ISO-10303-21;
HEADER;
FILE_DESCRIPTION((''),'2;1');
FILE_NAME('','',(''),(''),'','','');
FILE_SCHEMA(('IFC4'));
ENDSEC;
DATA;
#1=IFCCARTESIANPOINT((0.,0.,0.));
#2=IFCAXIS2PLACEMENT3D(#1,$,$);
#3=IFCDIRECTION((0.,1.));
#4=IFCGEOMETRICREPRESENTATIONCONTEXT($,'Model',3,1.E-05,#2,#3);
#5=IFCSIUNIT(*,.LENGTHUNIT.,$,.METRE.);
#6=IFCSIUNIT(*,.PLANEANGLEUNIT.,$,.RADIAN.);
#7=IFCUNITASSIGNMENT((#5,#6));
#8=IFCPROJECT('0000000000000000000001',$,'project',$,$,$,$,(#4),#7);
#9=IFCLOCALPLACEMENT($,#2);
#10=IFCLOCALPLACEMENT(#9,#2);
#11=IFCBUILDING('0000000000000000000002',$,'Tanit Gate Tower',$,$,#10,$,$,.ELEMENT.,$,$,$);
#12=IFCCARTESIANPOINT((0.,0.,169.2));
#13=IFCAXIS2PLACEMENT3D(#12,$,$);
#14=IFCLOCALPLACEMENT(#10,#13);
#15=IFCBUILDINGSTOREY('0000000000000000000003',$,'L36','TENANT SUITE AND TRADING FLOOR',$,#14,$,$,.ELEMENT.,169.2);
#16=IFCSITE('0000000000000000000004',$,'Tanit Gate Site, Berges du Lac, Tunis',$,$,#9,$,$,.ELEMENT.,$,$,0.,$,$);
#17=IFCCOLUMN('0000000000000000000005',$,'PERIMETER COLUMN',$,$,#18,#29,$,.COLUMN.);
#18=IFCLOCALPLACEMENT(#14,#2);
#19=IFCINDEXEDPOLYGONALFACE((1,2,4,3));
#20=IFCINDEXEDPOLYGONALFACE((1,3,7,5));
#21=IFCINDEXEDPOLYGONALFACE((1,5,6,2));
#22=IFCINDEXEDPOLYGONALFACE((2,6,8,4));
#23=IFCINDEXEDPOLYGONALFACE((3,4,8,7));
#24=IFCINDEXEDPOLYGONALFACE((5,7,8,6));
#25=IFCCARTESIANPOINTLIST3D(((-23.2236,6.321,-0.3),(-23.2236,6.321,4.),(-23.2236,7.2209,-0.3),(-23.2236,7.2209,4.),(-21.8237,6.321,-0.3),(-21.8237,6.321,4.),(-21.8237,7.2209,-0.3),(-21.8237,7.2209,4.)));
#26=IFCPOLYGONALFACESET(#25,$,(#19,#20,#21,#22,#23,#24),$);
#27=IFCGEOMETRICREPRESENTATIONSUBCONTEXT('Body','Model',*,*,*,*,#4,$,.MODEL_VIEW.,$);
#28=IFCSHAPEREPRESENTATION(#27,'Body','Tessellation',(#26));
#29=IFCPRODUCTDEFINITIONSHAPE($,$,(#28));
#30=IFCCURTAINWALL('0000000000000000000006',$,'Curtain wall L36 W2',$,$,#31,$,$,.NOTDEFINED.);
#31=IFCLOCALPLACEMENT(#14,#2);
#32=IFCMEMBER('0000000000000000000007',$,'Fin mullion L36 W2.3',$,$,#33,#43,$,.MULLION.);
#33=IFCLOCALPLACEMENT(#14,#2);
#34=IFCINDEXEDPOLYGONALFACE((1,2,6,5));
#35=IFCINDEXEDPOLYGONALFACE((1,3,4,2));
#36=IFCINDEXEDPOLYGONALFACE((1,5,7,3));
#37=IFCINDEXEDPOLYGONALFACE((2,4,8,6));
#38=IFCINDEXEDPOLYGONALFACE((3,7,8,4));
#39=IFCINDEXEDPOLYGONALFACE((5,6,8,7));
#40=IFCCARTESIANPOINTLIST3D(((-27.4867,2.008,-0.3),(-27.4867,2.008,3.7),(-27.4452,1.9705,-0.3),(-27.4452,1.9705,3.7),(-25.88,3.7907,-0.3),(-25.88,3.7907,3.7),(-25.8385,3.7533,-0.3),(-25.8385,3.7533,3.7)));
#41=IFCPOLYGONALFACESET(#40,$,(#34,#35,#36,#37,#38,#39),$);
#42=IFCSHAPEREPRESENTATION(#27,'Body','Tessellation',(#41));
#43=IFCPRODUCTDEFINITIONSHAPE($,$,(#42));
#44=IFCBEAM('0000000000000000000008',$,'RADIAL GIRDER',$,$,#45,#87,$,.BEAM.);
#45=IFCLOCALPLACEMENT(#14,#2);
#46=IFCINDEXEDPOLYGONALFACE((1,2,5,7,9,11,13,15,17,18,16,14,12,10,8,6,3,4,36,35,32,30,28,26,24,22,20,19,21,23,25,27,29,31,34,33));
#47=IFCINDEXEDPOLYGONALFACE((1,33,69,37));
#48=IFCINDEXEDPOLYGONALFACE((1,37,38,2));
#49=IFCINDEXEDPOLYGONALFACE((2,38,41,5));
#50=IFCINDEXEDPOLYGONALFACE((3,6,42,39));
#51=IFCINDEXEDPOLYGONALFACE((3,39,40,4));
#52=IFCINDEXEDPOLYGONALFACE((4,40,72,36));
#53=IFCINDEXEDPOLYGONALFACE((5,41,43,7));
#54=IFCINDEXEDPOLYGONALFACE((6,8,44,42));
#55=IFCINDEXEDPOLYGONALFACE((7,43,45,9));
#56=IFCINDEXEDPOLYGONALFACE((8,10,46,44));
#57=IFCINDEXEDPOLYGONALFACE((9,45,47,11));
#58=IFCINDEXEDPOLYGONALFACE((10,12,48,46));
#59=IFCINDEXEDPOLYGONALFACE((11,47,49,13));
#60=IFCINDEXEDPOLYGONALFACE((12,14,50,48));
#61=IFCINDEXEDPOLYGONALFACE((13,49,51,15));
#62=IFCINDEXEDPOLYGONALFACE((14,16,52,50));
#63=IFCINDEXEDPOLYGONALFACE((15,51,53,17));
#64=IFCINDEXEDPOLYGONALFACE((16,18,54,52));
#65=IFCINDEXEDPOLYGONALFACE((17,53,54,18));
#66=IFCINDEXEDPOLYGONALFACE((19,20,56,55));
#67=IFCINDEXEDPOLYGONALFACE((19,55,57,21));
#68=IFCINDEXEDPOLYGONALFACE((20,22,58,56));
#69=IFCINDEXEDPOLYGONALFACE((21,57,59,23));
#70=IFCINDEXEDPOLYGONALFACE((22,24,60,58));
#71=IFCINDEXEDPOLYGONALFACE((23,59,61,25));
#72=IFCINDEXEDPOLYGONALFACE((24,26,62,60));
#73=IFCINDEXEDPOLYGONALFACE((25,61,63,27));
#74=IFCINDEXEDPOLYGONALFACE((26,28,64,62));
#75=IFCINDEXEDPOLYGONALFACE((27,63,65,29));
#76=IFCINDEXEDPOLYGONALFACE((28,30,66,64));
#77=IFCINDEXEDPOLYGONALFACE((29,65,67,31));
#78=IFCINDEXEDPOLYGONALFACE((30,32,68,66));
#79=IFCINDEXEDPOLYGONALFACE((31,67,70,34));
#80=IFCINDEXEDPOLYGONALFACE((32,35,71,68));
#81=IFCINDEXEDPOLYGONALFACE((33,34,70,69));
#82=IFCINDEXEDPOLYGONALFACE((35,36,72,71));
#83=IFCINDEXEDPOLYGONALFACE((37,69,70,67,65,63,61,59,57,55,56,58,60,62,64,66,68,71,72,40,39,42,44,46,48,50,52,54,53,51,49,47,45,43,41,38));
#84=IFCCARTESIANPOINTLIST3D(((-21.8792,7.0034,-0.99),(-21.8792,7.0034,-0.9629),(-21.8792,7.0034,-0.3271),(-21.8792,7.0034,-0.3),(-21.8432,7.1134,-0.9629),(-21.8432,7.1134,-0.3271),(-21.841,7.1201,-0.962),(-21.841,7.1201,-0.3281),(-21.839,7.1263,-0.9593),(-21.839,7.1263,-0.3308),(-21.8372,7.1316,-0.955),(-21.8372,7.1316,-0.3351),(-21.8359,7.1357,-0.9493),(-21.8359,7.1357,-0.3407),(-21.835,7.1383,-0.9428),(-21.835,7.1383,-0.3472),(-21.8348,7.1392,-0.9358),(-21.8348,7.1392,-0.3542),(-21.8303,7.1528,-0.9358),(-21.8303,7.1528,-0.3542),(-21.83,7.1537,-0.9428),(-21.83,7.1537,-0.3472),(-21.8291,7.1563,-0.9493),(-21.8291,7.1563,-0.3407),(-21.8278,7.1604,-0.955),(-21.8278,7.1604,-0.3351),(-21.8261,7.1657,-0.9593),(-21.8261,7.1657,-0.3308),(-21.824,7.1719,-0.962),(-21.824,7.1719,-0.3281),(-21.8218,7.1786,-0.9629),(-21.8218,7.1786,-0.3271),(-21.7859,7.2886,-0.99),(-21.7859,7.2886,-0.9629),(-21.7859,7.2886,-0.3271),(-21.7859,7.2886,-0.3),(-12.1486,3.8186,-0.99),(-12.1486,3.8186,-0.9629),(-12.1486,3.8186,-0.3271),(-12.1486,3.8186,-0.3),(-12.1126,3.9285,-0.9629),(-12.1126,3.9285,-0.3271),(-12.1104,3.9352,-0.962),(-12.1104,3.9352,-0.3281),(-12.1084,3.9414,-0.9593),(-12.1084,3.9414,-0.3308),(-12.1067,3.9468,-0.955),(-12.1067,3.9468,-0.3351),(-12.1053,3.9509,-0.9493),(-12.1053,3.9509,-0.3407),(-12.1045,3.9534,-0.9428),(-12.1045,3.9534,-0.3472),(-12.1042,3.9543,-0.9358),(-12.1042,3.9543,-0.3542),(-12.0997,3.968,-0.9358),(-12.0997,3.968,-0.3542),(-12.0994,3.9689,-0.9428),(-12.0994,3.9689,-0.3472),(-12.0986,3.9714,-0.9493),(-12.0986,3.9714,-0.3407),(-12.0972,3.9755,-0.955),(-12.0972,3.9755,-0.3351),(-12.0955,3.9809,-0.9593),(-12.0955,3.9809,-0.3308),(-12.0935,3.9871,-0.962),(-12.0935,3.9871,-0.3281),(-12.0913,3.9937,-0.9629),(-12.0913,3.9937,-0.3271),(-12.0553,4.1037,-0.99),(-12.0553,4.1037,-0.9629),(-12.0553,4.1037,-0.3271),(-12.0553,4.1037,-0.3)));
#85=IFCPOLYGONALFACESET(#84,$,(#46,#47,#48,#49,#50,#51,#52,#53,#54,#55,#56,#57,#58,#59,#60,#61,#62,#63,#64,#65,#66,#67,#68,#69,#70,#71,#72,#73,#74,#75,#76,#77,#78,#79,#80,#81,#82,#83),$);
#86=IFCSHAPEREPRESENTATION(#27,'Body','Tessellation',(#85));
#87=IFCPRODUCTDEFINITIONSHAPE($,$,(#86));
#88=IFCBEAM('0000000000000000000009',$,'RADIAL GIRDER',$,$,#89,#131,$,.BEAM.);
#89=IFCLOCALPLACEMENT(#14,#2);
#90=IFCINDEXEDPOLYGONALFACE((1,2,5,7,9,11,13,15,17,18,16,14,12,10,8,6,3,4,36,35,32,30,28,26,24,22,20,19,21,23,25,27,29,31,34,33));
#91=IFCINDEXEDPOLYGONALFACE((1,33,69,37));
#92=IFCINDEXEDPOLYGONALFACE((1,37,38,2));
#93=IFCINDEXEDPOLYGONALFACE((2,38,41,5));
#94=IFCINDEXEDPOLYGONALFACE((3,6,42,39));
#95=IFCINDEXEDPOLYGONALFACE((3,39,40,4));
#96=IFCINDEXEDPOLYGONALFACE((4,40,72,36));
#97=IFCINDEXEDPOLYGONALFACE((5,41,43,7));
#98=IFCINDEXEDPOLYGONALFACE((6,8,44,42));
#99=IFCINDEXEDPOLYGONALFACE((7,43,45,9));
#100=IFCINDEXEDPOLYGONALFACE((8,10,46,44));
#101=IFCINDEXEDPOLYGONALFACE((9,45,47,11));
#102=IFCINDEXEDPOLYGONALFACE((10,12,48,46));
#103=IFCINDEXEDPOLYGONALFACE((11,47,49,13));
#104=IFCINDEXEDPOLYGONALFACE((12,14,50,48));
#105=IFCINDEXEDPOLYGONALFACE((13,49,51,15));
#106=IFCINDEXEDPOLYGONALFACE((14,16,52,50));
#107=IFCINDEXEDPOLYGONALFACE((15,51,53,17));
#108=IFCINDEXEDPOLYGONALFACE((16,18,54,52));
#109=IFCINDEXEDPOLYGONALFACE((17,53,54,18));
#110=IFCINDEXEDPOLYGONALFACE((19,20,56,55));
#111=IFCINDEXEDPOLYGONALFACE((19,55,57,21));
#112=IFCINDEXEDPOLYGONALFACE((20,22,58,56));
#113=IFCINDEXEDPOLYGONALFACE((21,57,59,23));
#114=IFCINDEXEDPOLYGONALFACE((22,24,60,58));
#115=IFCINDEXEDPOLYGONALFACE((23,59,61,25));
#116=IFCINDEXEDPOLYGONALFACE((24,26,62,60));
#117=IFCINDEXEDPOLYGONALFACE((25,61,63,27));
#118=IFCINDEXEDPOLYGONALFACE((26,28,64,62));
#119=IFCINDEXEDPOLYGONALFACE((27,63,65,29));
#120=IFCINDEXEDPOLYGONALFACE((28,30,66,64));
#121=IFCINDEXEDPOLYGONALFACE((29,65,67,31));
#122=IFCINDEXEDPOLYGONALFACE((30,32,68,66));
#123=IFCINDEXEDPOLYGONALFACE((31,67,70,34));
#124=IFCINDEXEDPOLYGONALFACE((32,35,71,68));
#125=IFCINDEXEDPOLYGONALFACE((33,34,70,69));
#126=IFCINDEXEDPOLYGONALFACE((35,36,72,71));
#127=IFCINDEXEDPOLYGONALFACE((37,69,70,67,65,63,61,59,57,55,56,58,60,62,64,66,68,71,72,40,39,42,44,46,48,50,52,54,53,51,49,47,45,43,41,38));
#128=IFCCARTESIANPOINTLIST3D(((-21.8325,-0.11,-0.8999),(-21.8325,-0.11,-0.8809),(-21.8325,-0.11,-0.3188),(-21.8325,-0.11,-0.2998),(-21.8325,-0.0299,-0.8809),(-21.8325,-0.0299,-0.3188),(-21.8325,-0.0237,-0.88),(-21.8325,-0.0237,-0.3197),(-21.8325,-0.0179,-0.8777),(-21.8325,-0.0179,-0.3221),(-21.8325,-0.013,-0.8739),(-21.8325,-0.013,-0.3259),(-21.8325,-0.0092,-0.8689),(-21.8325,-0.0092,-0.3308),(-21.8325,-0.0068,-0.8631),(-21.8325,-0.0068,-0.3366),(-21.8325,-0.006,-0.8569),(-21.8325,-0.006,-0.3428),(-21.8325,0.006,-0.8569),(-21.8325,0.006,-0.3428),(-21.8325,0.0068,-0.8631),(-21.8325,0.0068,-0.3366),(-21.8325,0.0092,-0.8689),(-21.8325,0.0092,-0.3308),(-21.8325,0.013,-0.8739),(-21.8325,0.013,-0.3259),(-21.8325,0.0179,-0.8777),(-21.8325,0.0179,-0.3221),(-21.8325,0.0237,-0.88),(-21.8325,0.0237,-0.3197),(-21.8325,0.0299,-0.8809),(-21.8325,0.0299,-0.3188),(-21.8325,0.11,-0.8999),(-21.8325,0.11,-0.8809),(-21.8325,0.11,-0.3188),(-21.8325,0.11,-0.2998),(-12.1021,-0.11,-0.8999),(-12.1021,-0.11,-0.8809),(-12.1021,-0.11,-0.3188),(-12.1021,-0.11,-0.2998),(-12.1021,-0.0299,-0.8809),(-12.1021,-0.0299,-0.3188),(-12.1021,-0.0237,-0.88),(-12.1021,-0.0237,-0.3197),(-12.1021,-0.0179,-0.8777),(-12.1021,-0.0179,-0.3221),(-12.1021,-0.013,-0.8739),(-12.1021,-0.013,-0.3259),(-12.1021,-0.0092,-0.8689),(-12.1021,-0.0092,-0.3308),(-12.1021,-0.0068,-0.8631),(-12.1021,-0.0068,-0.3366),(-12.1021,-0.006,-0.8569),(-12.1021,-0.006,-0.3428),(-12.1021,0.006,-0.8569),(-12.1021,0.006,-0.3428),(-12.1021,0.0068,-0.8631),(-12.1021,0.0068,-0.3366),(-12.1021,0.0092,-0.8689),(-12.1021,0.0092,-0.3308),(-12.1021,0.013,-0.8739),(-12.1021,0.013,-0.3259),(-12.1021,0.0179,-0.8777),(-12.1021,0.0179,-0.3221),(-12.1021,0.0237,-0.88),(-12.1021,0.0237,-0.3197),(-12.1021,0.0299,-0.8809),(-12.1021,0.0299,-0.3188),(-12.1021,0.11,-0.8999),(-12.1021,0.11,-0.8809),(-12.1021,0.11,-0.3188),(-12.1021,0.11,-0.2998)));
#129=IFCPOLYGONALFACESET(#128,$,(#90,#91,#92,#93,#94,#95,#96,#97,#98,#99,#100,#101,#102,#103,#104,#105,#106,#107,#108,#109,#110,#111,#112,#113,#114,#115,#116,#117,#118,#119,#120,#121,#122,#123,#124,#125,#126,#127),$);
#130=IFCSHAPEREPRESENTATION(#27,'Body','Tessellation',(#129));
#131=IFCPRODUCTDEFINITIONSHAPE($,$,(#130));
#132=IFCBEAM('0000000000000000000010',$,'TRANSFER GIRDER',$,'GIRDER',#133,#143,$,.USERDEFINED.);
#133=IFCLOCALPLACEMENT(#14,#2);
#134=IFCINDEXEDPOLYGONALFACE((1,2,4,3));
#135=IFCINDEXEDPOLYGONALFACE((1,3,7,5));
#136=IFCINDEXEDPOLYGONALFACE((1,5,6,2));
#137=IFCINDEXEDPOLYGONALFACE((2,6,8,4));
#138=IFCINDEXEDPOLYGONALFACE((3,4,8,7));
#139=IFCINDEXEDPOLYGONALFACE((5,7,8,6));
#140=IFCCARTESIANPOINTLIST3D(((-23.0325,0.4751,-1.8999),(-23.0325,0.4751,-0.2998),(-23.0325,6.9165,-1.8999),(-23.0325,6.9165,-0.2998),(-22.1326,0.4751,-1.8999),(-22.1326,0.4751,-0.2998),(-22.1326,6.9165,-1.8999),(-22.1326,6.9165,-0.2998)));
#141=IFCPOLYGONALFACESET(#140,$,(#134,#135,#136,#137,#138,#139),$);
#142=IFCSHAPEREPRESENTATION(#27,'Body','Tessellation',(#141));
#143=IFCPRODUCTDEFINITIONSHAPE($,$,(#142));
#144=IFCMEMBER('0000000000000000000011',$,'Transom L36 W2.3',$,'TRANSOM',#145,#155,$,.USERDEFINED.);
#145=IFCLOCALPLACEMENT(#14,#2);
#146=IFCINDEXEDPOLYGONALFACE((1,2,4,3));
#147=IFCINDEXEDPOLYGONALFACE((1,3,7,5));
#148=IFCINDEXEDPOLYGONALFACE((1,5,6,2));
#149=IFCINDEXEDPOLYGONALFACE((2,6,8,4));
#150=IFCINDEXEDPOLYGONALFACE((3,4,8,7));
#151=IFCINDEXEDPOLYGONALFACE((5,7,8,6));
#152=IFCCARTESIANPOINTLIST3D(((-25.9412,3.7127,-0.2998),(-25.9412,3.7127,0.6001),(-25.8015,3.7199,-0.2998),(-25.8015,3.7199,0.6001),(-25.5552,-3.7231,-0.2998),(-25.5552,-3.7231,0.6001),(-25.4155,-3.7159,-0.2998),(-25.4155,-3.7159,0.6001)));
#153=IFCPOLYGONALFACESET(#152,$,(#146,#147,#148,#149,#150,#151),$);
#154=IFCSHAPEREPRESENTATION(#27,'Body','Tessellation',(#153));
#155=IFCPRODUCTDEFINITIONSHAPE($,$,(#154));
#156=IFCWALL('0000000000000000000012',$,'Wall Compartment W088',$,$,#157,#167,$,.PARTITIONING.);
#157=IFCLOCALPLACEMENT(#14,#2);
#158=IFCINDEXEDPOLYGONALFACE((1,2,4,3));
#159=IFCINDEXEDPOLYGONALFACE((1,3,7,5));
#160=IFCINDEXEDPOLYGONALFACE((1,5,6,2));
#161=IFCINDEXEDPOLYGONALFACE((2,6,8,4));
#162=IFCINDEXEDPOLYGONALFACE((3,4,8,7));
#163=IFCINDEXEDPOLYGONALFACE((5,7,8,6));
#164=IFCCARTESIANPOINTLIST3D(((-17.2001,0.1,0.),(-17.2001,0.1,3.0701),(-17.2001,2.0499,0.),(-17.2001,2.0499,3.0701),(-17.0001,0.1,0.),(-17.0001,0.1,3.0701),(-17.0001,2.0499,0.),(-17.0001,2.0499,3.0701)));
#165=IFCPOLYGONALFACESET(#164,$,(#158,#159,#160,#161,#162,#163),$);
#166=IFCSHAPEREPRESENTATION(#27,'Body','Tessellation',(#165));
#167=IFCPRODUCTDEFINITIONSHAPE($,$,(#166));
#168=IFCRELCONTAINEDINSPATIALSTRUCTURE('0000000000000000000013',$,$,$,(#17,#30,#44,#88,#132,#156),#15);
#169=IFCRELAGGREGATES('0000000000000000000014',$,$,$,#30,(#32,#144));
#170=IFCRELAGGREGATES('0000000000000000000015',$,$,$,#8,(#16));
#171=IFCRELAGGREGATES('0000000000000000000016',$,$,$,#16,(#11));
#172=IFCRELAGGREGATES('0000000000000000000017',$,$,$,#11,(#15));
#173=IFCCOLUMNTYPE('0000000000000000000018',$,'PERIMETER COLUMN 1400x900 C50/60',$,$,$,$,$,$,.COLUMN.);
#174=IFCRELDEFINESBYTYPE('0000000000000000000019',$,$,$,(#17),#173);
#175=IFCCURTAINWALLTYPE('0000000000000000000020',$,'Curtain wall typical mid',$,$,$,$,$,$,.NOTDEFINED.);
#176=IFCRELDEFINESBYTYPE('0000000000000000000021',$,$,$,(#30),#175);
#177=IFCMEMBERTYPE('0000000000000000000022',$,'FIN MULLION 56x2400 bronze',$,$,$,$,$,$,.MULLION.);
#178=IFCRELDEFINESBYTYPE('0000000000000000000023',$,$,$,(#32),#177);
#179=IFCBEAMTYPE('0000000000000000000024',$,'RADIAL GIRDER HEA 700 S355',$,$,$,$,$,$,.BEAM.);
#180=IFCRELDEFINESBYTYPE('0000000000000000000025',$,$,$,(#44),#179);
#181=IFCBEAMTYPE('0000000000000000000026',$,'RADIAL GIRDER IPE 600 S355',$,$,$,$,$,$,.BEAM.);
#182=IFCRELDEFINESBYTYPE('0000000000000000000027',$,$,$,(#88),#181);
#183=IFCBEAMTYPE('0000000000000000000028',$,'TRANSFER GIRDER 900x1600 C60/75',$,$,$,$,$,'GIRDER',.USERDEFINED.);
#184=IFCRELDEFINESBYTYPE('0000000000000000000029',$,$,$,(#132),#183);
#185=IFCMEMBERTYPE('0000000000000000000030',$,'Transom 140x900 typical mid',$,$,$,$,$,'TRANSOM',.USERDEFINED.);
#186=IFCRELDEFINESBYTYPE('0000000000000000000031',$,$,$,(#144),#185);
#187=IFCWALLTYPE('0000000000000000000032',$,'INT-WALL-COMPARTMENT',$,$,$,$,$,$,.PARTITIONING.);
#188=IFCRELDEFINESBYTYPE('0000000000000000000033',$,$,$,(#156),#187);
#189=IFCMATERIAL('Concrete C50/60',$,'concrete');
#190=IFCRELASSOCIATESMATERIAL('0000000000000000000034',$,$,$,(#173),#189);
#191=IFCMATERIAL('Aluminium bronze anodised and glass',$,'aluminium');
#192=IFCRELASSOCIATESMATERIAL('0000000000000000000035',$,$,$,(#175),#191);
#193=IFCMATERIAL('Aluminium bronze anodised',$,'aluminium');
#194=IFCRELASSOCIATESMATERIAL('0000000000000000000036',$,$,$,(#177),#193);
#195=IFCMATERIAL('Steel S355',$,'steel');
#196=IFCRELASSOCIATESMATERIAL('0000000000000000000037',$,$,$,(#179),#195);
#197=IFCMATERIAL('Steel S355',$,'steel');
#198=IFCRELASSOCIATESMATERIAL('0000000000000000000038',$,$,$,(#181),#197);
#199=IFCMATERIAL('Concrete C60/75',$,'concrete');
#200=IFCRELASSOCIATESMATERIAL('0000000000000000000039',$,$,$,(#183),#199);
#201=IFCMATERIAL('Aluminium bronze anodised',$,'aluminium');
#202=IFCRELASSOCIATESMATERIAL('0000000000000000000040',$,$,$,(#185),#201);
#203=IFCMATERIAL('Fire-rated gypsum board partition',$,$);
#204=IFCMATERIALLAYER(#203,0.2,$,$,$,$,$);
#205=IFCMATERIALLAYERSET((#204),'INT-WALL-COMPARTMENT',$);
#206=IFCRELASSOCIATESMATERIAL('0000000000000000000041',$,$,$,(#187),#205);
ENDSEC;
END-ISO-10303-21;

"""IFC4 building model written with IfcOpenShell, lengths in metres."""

from ifc_helpers import new_model, si_unit, direction, frame, frame_2d, origin, origin_2d, place, context, subcontext, project, spatial, rectangle, i_section, extrude, material, layer, layer_set, material_profile, profile_set, type_object, element, aggregate, save


model = new_model("IFC4")

# Units and contexts
model_context = context("Model", 3, precision=1e-05, world=origin(), true_north=direction((0.0, 1.0)))
body_context = subcontext(model_context, "Body", "Model", "MODEL_VIEW")
ifc_project = project(units=[si_unit("LENGTHUNIT", "METRE"), si_unit("PLANEANGLEUNIT", "RADIAN")], contexts=[model_context])

# Site, building, storey
site_placement = place(None, origin())
site = spatial("IfcSite", under=ifc_project, at=site_placement, Name="Tanit Gate Site, Berges du Lac, Tunis", CompositionType="ELEMENT", RefElevation=0.0)
building_placement = place(site_placement, origin())
building = spatial("IfcBuilding", under=site, at=building_placement, Name="Tanit Gate Tower", CompositionType="ELEMENT")
storey_placement = place(building_placement, frame((0.0, 0.0, 169.2)))
storey = spatial("IfcBuildingStorey", under=building, at=storey_placement, Name="L36", Description="TENANT SUITE AND TRADING FLOOR", CompositionType="ELEMENT", Elevation=169.2)

# Column
ifc_material_1 = material(Name="Concrete C50/60", Category="concrete")
ifc_material_profile_1 = material_profile(ifc_material_1, rectangle(XDim=1.3999, YDim=0.8999, at=origin_2d()), Name="RC 1400x900")
ifc_profile_set_1 = profile_set([ifc_material_profile_1], Name="Concrete C50/60")
column_type = type_object("IfcColumnType", Name="PERIMETER COLUMN 1400x900 C50/60", PredefinedType="COLUMN", material=ifc_profile_set_1)
column_placement = place(storey_placement, frame((-22.5237, 6.771, -0.3), z_axis=(0.0, 0.0, 1.0), x_axis=(-1.0, 0.0, 0.0)))
element("IfcColumn", 1, at=column_placement, inside=storey, type_object=column_type, Name="PERIMETER COLUMN", PredefinedType="COLUMN", context=body_context, shape_type="SweptSolid", body=[
    extrude(rectangle(XDim=1.3999, YDim=0.8999, at=origin_2d()), origin(), (0.0, 0.0, 1.0), 4.3),
])

# Curtain wall, member
ifc_material_2 = material(Name="Aluminium bronze anodised and glass", Category="aluminium")
curtain_wall_type = type_object("IfcCurtainWallType", Name="Curtain wall typical mid", PredefinedType="NOTDEFINED", material=ifc_material_2)
curtain_wall_placement = place(storey_placement, origin())
curtain_wall = element("IfcCurtainWall", 2, at=curtain_wall_placement, inside=storey, type_object=curtain_wall_type, Name="Curtain wall L36 W2", PredefinedType="NOTDEFINED")
ifc_material_3 = material(Name="Aluminium bronze anodised", Category="aluminium")
ifc_material_profile_2 = material_profile(ifc_material_3, rectangle(XDim=2.3999, YDim=0.0559, at=origin_2d()), Name="56x2400 bronze fin mullion")
ifc_profile_set_2 = profile_set([ifc_material_profile_2], Name="Aluminium bronze anodised")
member_type_1 = type_object("IfcMemberType", Name="FIN MULLION 56x2400 bronze", PredefinedType="MULLION", material=ifc_profile_set_2)
member_1_placement = place(storey_placement, frame((-26.6626, 2.8806, -0.3), z_axis=(0.0, 0.0, 1.0), x_axis=(0.669481, 0.742829, 0.0)))
member_1 = element("IfcMember", 3, at=member_1_placement, type_object=member_type_1, Name="Fin mullion L36 W2.3", PredefinedType="MULLION", context=body_context, shape_type="SweptSolid", body=[
    extrude(rectangle(XDim=2.3999, YDim=0.0559, at=origin_2d()), origin(), (0.0, 0.0, 1.0), 4.0),
])

# Beams
ifc_material_4 = material(Name="Steel S355", Category="steel")
ifc_material_profile_3 = material_profile(ifc_material_4, i_section(OverallWidth=0.3, OverallDepth=0.6899, WebThickness=0.0144, FlangeThickness=0.0271, FilletRadius=0.0271, at=origin_2d()), Name="HEA 700")
ifc_profile_set_3 = profile_set([ifc_material_profile_3], Name="Steel S355")
beam_type_1 = type_object("IfcBeamType", Name="RADIAL GIRDER HEA 700 S355", PredefinedType="BEAM", material=ifc_profile_set_3)
beam_1_placement = place(storey_placement, frame((-21.8325, 7.146, -0.645), z_axis=(0.950389, -0.311065, 0.0), x_axis=(0.311065, 0.950389, 0.0)))
element("IfcBeam", 4, at=beam_1_placement, inside=storey, type_object=beam_type_1, Name="RADIAL GIRDER", PredefinedType="BEAM", context=body_context, shape_type="SweptSolid", body=[
    extrude(i_section(OverallWidth=0.3, OverallDepth=0.6899, WebThickness=0.0144, FlangeThickness=0.0271, FilletRadius=0.0271, at=origin_2d()), origin(), (0.0, 0.0, 1.0), 10.2385),
])
ifc_material_5 = material(Name="Steel S355", Category="steel")
ifc_material_profile_4 = material_profile(ifc_material_5, i_section(OverallWidth=0.22, OverallDepth=0.6001, WebThickness=0.012, FlangeThickness=0.019, FilletRadius=0.0239, at=origin_2d()), Name="IPE 600")
ifc_profile_set_4 = profile_set([ifc_material_profile_4], Name="Steel S355")
beam_type_2 = type_object("IfcBeamType", Name="RADIAL GIRDER IPE 600 S355", PredefinedType="BEAM", material=ifc_profile_set_4)
beam_2_placement = place(storey_placement, frame((-21.8325, 0.0, -0.5999), z_axis=(1.0, 0.0, 0.0), x_axis=(0.0, 1.0, 0.0)))
element("IfcBeam", 5, at=beam_2_placement, inside=storey, type_object=beam_type_2, Name="RADIAL GIRDER", PredefinedType="BEAM", context=body_context, shape_type="SweptSolid", body=[
    extrude(i_section(OverallWidth=0.22, OverallDepth=0.6001, WebThickness=0.012, FlangeThickness=0.019, FilletRadius=0.0239, at=origin_2d()), origin(), (0.0, 0.0, 1.0), 9.7305),
])
ifc_material_6 = material(Name="Concrete C60/75", Category="concrete")
ifc_material_profile_5 = material_profile(ifc_material_6, rectangle(XDim=0.8999, YDim=1.6001, at=origin_2d()), Name="RC 900x1600")
ifc_profile_set_5 = profile_set([ifc_material_profile_5], Name="Concrete C60/75")
beam_type_3 = type_object("IfcBeamType", Name="TRANSFER GIRDER 900x1600 C60/75", ElementType="GIRDER", PredefinedType="USERDEFINED", material=ifc_profile_set_5)
beam_3_placement = place(storey_placement, frame((-22.5825, 6.9165, -1.0999), z_axis=(0.0, -1.0, 0.0), x_axis=(1.0, 0.0, 0.0)))
element("IfcBeam", 6, at=beam_3_placement, inside=storey, type_object=beam_type_3, Name="TRANSFER GIRDER", ObjectType="GIRDER", PredefinedType="USERDEFINED", context=body_context, shape_type="SweptSolid", body=[
    extrude(rectangle(XDim=0.8999, YDim=1.6001, at=origin_2d()), origin(), (0.0, 0.0, 1.0), 6.4414),
])

# Member
ifc_material_7 = material(Name="Aluminium bronze anodised", Category="aluminium")
ifc_material_profile_6 = material_profile(ifc_material_7, rectangle(XDim=0.1399, YDim=0.8999, at=origin_2d()), Name="140x900 bronze transom")
ifc_profile_set_6 = profile_set([ifc_material_profile_6], Name="Aluminium bronze anodised")
member_type_2 = type_object("IfcMemberType", Name="Transom 140x900 typical mid", ElementType="TRANSOM", PredefinedType="USERDEFINED", material=ifc_profile_set_6)
member_2_placement = place(storey_placement, frame((-25.8713, 3.7163, 0.1501), z_axis=(0.051839, -0.998655, 0.0), x_axis=(0.998655, 0.051839, 0.0)))
member_2 = element("IfcMember", 7, at=member_2_placement, type_object=member_type_2, Name="Transom L36 W2.3", ObjectType="TRANSOM", PredefinedType="USERDEFINED", context=body_context, shape_type="SweptSolid", body=[
    extrude(rectangle(XDim=0.1399, YDim=0.8999, at=origin_2d()), origin(), (0.0, 0.0, 1.0), 7.4458),
])
aggregate(curtain_wall, [member_1, member_2])

# Wall
ifc_material_8 = material(Name="Fire-rated gypsum board partition")
ifc_layer_1 = layer(ifc_material_8, 0.2)
ifc_layer_set_1 = layer_set([ifc_layer_1], Name="INT-WALL-COMPARTMENT")
wall_type_1 = type_object("IfcWallType", Name="INT-WALL-COMPARTMENT", PredefinedType="PARTITIONING", material=ifc_layer_set_1)
wall_1_placement = place(storey_placement, frame((-17.1001, 2.05, 0.0), z_axis=(0.0, 0.0, 1.0), x_axis=(0.0, -1.0, 0.0)))
element("IfcWall", 8, at=wall_1_placement, inside=storey, type_object=wall_type_1, Name="Wall Compartment W088", PredefinedType="PARTITIONING", context=body_context, shape_type="SweptSolid", body=[
    extrude(rectangle(XDim=1.95, YDim=0.2, at=frame_2d((0.9751, 0.0))), origin(), (0.0, 0.0, 1.0), 3.0701),
])

save(model, "model.ifc")
